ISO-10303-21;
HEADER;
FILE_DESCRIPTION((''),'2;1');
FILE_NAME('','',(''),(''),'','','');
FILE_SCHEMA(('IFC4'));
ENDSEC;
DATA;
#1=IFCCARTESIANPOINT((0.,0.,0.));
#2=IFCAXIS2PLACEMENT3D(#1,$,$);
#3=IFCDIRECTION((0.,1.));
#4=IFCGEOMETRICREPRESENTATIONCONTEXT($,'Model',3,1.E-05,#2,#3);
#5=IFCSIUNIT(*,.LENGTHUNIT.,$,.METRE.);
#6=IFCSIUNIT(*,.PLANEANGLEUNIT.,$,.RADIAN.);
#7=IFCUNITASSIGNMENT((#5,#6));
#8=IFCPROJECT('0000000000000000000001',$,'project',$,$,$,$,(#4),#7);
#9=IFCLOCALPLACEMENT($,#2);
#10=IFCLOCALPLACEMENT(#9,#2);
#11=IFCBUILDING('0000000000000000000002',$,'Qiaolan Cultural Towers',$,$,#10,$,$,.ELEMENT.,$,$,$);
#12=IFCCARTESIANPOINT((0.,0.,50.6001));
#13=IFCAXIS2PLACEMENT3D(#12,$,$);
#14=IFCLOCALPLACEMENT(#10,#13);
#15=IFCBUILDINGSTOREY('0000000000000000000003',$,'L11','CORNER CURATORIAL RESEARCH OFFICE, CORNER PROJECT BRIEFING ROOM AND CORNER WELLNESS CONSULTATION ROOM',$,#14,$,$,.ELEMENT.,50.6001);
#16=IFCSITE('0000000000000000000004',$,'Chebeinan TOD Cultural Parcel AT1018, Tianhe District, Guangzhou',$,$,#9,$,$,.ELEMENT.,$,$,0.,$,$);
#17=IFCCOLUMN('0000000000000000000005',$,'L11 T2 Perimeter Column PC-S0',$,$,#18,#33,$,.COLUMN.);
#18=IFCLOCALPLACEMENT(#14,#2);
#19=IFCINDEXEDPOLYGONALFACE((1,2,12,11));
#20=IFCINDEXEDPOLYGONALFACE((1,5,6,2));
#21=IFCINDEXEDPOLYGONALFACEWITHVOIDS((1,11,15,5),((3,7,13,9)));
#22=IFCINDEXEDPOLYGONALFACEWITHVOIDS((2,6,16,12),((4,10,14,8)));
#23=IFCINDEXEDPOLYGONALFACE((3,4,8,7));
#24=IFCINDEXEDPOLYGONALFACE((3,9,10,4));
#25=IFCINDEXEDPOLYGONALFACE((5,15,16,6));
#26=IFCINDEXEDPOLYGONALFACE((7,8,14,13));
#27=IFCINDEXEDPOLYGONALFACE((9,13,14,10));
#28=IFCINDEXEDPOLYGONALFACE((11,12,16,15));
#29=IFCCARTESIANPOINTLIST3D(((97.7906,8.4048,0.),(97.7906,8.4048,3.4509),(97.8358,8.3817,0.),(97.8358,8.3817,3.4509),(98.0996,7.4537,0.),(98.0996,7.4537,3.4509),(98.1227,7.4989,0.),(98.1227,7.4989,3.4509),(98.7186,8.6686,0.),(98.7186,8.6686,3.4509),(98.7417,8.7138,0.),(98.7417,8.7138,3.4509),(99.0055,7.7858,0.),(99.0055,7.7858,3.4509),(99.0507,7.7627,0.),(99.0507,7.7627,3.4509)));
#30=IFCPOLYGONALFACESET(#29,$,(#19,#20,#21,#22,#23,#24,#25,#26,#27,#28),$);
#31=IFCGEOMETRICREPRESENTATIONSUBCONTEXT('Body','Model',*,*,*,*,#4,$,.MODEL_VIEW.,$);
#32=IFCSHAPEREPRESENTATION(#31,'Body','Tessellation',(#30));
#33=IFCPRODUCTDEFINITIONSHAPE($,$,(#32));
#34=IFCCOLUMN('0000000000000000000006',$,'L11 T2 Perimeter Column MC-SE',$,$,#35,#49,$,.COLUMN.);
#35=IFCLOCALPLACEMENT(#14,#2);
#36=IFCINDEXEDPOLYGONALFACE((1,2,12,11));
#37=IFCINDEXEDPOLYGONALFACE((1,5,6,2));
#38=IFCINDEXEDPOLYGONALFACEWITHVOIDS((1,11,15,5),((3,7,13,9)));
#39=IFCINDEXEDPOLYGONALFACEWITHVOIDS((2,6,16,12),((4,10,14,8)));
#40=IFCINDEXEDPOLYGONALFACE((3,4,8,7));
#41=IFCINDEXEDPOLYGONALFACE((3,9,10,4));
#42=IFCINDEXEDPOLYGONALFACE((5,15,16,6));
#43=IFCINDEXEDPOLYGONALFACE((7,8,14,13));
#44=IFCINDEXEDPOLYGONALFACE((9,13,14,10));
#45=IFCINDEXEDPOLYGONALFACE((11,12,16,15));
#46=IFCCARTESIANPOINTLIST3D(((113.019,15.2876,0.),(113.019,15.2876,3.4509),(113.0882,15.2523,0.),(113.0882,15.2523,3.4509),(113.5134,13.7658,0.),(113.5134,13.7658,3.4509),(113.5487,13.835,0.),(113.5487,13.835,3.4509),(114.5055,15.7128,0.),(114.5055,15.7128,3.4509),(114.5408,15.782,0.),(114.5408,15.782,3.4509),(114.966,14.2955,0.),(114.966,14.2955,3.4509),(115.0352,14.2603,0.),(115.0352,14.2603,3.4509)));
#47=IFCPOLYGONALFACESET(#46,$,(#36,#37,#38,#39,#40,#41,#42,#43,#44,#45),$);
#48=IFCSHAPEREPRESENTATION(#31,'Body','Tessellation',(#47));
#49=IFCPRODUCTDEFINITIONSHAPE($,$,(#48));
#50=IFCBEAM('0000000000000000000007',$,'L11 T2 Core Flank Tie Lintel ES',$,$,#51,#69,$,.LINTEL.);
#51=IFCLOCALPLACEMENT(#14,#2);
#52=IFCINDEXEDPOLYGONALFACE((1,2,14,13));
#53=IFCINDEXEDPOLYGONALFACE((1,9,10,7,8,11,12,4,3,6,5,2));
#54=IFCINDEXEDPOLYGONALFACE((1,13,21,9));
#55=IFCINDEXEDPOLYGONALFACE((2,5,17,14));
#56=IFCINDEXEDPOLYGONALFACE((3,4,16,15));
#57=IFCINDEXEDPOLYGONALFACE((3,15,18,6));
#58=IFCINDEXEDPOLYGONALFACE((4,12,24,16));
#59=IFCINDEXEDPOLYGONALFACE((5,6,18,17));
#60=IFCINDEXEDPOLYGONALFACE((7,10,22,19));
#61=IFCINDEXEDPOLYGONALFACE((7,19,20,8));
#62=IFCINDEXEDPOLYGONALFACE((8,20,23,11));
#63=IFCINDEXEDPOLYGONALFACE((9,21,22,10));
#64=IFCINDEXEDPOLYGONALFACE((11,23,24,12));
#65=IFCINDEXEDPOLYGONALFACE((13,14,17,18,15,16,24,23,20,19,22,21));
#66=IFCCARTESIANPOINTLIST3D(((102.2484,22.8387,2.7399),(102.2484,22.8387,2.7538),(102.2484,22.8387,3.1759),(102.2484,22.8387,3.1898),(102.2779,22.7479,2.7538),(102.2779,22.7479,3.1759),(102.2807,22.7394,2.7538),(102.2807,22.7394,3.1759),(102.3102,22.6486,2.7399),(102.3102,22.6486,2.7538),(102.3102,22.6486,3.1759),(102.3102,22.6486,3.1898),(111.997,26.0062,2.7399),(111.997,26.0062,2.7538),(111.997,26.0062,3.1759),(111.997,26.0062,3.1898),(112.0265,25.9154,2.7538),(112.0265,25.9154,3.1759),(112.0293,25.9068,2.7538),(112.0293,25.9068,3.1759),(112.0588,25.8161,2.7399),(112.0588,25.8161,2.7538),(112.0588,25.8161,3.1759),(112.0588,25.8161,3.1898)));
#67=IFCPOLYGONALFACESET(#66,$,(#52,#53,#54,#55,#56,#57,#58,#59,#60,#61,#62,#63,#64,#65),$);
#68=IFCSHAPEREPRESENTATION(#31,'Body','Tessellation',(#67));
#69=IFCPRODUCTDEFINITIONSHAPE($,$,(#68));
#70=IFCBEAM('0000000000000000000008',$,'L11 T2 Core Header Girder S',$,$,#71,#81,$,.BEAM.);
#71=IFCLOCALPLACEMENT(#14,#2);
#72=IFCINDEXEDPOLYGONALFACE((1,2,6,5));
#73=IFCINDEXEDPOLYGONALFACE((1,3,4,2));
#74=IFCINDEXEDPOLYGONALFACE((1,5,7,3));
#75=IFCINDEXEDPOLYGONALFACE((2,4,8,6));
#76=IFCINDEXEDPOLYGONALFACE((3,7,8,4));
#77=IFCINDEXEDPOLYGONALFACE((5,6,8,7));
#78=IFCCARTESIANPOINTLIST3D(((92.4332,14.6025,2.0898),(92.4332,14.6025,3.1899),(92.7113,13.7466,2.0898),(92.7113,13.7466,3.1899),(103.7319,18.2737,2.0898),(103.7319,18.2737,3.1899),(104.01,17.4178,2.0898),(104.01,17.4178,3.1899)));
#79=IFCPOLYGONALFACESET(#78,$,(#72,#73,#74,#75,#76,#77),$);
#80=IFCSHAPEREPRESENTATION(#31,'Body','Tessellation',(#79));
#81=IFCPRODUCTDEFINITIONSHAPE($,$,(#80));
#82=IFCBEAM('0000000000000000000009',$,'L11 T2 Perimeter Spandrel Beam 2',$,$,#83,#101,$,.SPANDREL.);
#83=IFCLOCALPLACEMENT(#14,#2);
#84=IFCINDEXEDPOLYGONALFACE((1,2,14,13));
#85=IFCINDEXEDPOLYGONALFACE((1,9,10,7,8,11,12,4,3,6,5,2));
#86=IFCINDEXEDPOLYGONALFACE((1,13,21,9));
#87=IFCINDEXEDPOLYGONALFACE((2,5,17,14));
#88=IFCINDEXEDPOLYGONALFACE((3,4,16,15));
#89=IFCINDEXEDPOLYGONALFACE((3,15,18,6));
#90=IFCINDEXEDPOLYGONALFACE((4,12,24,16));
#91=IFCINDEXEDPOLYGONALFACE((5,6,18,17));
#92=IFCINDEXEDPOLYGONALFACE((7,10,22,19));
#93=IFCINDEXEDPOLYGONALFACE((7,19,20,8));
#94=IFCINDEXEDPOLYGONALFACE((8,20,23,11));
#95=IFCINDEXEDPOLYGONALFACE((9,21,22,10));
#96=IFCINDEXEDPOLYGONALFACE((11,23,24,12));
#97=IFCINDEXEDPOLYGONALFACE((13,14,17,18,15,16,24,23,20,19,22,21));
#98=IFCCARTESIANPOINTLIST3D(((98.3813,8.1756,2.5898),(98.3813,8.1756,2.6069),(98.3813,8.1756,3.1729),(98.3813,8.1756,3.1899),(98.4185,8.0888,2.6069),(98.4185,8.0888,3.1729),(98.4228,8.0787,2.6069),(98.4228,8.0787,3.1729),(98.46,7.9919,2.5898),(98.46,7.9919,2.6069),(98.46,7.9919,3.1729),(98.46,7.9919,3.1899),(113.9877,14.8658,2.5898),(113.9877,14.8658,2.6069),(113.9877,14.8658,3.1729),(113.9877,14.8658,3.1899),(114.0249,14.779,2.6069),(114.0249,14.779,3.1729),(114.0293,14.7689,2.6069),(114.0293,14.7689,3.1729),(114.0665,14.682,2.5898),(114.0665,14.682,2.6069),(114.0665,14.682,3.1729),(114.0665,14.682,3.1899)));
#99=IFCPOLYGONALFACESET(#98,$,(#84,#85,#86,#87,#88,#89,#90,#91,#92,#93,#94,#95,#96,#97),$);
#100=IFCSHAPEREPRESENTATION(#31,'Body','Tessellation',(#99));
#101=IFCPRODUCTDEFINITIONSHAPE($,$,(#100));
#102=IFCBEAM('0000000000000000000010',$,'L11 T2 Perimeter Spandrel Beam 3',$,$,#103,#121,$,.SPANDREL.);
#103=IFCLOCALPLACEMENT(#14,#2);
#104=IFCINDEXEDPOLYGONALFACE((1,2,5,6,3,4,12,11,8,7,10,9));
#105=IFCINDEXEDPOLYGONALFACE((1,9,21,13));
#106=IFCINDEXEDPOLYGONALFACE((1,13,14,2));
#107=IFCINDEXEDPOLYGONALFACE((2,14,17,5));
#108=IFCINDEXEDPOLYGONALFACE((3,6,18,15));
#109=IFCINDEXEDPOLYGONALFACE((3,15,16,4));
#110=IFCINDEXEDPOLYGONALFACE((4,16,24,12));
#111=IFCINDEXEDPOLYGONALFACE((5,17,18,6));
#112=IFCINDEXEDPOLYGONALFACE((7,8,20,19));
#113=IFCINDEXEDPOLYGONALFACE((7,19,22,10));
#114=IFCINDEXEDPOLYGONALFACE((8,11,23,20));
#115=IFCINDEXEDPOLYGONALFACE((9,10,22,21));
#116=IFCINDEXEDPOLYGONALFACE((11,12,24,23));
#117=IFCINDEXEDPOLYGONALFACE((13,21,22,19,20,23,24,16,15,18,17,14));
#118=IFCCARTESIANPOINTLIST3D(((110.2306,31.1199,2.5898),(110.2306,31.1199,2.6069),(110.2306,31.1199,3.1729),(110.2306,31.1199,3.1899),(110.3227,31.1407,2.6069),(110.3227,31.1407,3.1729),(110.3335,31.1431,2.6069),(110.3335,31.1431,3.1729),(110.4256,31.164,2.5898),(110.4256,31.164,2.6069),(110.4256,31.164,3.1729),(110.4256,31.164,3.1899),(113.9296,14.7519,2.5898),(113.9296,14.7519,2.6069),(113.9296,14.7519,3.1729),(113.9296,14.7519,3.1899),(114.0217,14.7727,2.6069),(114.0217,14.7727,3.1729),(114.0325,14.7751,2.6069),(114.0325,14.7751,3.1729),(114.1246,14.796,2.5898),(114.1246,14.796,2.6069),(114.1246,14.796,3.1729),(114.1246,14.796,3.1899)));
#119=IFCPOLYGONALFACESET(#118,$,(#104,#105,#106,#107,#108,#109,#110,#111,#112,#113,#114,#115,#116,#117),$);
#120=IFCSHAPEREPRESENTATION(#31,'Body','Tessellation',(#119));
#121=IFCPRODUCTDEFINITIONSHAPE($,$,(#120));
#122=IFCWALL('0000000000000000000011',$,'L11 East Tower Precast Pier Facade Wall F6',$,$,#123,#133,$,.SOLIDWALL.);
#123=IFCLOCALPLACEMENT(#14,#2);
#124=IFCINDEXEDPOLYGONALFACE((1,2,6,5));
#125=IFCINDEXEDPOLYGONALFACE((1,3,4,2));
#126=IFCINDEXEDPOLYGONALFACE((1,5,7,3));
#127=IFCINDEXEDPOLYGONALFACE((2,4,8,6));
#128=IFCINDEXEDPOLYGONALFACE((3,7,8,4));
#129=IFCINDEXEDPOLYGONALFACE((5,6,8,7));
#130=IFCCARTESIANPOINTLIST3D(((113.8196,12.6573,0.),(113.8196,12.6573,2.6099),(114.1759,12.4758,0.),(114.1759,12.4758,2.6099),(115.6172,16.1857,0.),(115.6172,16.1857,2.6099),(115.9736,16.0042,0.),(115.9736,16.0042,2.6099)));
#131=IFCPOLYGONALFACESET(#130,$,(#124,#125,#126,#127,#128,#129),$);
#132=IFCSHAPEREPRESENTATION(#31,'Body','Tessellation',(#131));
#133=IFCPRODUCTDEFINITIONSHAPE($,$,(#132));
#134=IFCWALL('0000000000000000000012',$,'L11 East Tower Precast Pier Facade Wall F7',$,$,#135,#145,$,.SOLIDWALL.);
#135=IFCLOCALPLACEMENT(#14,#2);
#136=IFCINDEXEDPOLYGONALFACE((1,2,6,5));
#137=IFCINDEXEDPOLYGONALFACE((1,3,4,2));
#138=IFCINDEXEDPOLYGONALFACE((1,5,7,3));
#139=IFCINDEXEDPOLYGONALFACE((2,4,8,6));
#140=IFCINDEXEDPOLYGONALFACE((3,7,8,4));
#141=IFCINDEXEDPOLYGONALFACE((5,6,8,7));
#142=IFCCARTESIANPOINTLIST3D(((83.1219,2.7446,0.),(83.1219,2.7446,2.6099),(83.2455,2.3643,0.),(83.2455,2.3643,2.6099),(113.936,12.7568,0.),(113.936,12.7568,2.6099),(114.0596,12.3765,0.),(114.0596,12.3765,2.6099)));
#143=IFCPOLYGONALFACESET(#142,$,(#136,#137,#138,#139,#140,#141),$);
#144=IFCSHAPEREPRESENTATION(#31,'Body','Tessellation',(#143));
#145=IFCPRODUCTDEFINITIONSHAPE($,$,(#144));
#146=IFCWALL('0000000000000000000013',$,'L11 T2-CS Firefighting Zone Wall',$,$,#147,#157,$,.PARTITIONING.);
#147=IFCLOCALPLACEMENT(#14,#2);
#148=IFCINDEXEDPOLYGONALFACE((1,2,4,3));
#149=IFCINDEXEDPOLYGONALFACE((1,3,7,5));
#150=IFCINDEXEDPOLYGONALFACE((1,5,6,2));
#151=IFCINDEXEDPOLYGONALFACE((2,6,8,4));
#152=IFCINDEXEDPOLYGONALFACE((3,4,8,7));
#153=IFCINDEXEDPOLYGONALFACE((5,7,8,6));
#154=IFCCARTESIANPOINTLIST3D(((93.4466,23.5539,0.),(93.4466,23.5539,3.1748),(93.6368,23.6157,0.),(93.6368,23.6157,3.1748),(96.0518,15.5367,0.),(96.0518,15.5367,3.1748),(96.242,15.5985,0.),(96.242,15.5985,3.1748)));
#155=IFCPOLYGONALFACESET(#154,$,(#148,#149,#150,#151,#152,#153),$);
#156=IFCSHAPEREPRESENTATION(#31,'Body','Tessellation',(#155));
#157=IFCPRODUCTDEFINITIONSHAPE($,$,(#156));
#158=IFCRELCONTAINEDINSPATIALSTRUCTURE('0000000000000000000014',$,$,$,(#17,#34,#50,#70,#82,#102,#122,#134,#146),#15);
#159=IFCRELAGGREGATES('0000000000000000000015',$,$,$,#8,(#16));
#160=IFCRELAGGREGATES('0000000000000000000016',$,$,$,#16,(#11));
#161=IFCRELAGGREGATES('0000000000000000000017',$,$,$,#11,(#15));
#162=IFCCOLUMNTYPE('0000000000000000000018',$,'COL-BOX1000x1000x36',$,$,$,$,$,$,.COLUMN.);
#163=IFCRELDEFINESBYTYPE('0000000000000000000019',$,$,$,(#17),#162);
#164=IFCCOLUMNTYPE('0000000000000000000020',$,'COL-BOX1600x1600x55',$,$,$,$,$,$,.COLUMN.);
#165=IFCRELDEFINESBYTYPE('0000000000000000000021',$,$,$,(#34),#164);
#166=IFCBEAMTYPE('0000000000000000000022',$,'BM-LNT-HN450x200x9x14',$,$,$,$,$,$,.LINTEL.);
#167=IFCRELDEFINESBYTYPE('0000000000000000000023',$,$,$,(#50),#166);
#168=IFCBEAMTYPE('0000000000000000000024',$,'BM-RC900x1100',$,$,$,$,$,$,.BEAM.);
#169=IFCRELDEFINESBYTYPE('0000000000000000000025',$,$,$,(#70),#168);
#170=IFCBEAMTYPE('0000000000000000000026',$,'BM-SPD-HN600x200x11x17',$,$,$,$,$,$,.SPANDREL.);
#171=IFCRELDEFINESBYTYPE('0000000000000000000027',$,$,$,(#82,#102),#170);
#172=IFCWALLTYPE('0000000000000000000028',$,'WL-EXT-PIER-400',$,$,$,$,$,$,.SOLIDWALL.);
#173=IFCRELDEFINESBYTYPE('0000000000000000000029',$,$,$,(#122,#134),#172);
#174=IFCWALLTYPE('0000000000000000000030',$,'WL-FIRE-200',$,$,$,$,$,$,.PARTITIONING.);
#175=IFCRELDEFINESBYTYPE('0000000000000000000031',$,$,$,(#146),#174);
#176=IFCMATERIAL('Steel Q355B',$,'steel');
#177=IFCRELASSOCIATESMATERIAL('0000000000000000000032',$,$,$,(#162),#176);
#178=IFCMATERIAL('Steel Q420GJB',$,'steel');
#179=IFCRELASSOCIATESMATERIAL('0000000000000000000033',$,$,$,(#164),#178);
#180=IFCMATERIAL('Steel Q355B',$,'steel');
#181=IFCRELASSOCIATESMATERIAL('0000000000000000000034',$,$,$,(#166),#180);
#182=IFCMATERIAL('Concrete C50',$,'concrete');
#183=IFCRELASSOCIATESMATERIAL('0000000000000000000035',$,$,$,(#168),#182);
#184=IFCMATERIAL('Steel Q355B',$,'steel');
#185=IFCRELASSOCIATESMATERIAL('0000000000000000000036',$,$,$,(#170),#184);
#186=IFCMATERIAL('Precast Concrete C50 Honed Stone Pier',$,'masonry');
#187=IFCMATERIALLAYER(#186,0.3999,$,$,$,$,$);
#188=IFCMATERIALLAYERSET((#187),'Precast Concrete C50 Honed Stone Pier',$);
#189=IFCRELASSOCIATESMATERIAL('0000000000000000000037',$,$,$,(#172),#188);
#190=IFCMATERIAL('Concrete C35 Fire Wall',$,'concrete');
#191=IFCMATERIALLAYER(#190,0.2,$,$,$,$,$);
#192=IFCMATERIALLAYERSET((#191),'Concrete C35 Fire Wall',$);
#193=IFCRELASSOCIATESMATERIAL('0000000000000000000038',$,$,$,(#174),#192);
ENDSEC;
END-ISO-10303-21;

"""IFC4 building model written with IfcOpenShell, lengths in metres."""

from ifc_helpers import new_model, si_unit, direction, frame, frame_2d, origin, origin_2d, place, context, subcontext, project, spatial, rectangle, hollow_rectangle, i_section, extrude, material, layer, layer_set, material_profile, profile_set, type_object, element, save


model = new_model("IFC4")

# Units and contexts
model_context = context("Model", 3, precision=1e-05, world=origin(), true_north=direction((0.0, 1.0)))
body_context = subcontext(model_context, "Body", "Model", "MODEL_VIEW")
ifc_project = project(units=[si_unit("LENGTHUNIT", "METRE"), si_unit("PLANEANGLEUNIT", "RADIAN")], contexts=[model_context])

# Site, building, storey
site_placement = place(None, origin())
site = spatial("IfcSite", under=ifc_project, at=site_placement, Name="Chebeinan TOD Cultural Parcel AT1018, Tianhe District, Guangzhou", CompositionType="ELEMENT", RefElevation=0.0)
building_placement = place(site_placement, origin())
building = spatial("IfcBuilding", under=site, at=building_placement, Name="Qiaolan Cultural Towers", CompositionType="ELEMENT")
storey_placement = place(building_placement, frame((0.0, 0.0, 50.6001)))
storey = spatial("IfcBuildingStorey", under=building, at=storey_placement, Name="L11", Description="CORNER CURATORIAL RESEARCH OFFICE, CORNER PROJECT BRIEFING ROOM AND CORNER WELLNESS CONSULTATION ROOM", CompositionType="ELEMENT", Elevation=50.6001)

# Columns
ifc_material_1 = material(Name="Steel Q355B", Category="steel")
ifc_material_profile_1 = material_profile(ifc_material_1, hollow_rectangle(XDim=1.0, YDim=1.0, WallThickness=0.0359, at=origin_2d()), Name="BOX1000x1000x36")
ifc_profile_set_1 = profile_set([ifc_material_profile_1], Name="Steel Q355B")
column_type_1 = type_object("IfcColumnType", Name="COL-BOX1000x1000x36", PredefinedType="COLUMN", material=ifc_profile_set_1)
column_1_placement = place(storey_placement, frame((98.4207, 8.0837, 0.0), z_axis=(0.0, 0.0, 1.0), x_axis=(0.951057, 0.309017, 0.0)))
element("IfcColumn", 1, at=column_1_placement, inside=storey, type_object=column_type_1, Name="L11 T2 Perimeter Column PC-S0", PredefinedType="COLUMN", context=body_context, shape_type="SweptSolid", body=[
    extrude(hollow_rectangle(XDim=1.0, YDim=1.0, WallThickness=0.0359, at=origin_2d()), origin(), (0.0, 0.0, 1.0), 3.4509),
])
ifc_material_2 = material(Name="Steel Q420GJB", Category="steel")
ifc_material_profile_2 = material_profile(ifc_material_2, hollow_rectangle(XDim=1.6001, YDim=1.6001, WallThickness=0.0549, at=origin_2d()), Name="BOX1600x1600x55")
ifc_profile_set_2 = profile_set([ifc_material_profile_2], Name="Steel Q420GJB")
column_type_2 = type_object("IfcColumnType", Name="COL-BOX1600x1600x55", PredefinedType="COLUMN", material=ifc_profile_set_2)
column_2_placement = place(storey_placement, frame((114.0271, 14.7739, 0.0), z_axis=(0.0, 0.0, 1.0), x_axis=(0.951057, 0.309017, 0.0)))
element("IfcColumn", 2, at=column_2_placement, inside=storey, type_object=column_type_2, Name="L11 T2 Perimeter Column MC-SE", PredefinedType="COLUMN", context=body_context, shape_type="SweptSolid", body=[
    extrude(hollow_rectangle(XDim=1.6001, YDim=1.6001, WallThickness=0.0549, at=origin_2d()), origin(), (0.0, 0.0, 1.0), 3.4509),
])

# Beams
ifc_material_3 = material(Name="Steel Q355B", Category="steel")
ifc_material_profile_3 = material_profile(ifc_material_3, i_section(OverallWidth=0.2, OverallDepth=0.45, WebThickness=0.009, FlangeThickness=0.0139, at=origin_2d()), Name="HN450x200x9x14")
ifc_profile_set_3 = profile_set([ifc_material_profile_3], Name="Steel Q355B")
beam_type_1 = type_object("IfcBeamType", Name="BM-LNT-HN450x200x9x14", PredefinedType="LINTEL", material=ifc_profile_set_3)
beam_1_placement = place(storey_placement, frame((102.2793, 22.7437, 2.9648), z_axis=(0.951057, 0.309016, 0.0), x_axis=(-0.309016, 0.951057, 0.0)))
element("IfcBeam", 3, at=beam_1_placement, inside=storey, type_object=beam_type_1, Name="L11 T2 Core Flank Tie Lintel ES", PredefinedType="LINTEL", context=body_context, shape_type="SweptSolid", body=[
    extrude(i_section(OverallWidth=0.2, OverallDepth=0.45, WebThickness=0.009, FlangeThickness=0.0139, at=origin_2d()), origin(), (0.0, 0.0, 1.0), 10.2502),
])
ifc_material_4 = material(Name="Concrete C50", Category="concrete")
ifc_material_profile_4 = material_profile(ifc_material_4, rectangle(XDim=0.8999, YDim=1.1001, at=origin_2d()), Name="RC900x1100")
ifc_profile_set_4 = profile_set([ifc_material_profile_4], Name="Concrete C50")
beam_type_2 = type_object("IfcBeamType", Name="BM-RC900x1100", PredefinedType="BEAM", material=ifc_profile_set_4)
beam_2_placement = place(storey_placement, frame((92.5723, 14.1746, 2.6399), z_axis=(0.951056, 0.309018, 0.0), x_axis=(-0.309018, 0.951056, 0.0)))
element("IfcBeam", 4, at=beam_2_placement, inside=storey, type_object=beam_type_2, Name="L11 T2 Core Header Girder S", PredefinedType="BEAM", context=body_context, shape_type="SweptSolid", body=[
    extrude(rectangle(XDim=0.8999, YDim=1.1001, at=origin_2d()), origin(), (0.0, 0.0, 1.0), 11.8801),
])
ifc_material_5 = material(Name="Steel Q355B", Category="steel")
ifc_material_profile_5 = material_profile(ifc_material_5, i_section(OverallWidth=0.2, OverallDepth=0.6001, WebThickness=0.011, FlangeThickness=0.0171, at=origin_2d()), Name="HN600x200x11x17")
ifc_profile_set_5 = profile_set([ifc_material_profile_5], Name="Steel Q355B")
beam_type_3 = type_object("IfcBeamType", Name="BM-SPD-HN600x200x11x17", PredefinedType="SPANDREL", material=ifc_profile_set_5)
beam_3_placement = place(storey_placement, frame((98.4207, 8.0837, 2.8899), z_axis=(0.919109, 0.394004, 0.0), x_axis=(-0.394004, 0.919109, 0.0)))
element("IfcBeam", 5, at=beam_3_placement, inside=storey, type_object=beam_type_3, Name="L11 T2 Perimeter Spandrel Beam 2", PredefinedType="SPANDREL", context=body_context, shape_type="SweptSolid", body=[
    extrude(i_section(OverallWidth=0.2, OverallDepth=0.6001, WebThickness=0.011, FlangeThickness=0.0171, at=origin_2d()), origin(), (0.0, 0.0, 1.0), 16.98),
])
beam_4_placement = place(storey_placement, frame((114.0271, 14.7739, 2.8899), z_axis=(-0.220431, 0.975403, 0.0), x_axis=(-0.975403, -0.220431, 0.0)))
element("IfcBeam", 6, at=beam_4_placement, inside=storey, type_object=beam_type_3, Name="L11 T2 Perimeter Spandrel Beam 3", PredefinedType="SPANDREL", context=body_context, shape_type="SweptSolid", body=[
    extrude(i_section(OverallWidth=0.2, OverallDepth=0.6001, WebThickness=0.011, FlangeThickness=0.0171, at=origin_2d()), origin(), (0.0, 0.0, 1.0), 16.7808),
])

# Walls
ifc_material_6 = material(Name="Precast Concrete C50 Honed Stone Pier", Category="masonry")
ifc_layer_1 = layer(ifc_material_6, 0.3999)
ifc_layer_set_1 = layer_set([ifc_layer_1], Name="Precast Concrete C50 Honed Stone Pier")
wall_type_1 = type_object("IfcWallType", Name="WL-EXT-PIER-400", PredefinedType="SOLIDWALL", material=ifc_layer_set_1)
wall_1_placement = place(storey_placement, frame((115.7954, 16.095, 0.0), z_axis=(0.0, 0.0, 1.0), x_axis=(-0.453958, -0.891023, 0.0)))
element("IfcWall", 7, at=wall_1_placement, inside=storey, type_object=wall_type_1, Name="L11 East Tower Precast Pier Facade Wall F6", PredefinedType="SOLIDWALL", context=body_context, shape_type="SweptSolid", body=[
    extrude(rectangle(XDim=3.96, YDim=0.3999, at=frame_2d((1.98, 0.0))), origin(), (0.0, 0.0, 1.0), 2.6099),
])
wall_2_placement = place(storey_placement, frame((113.9978, 12.5667, 0.0), z_axis=(0.0, 0.0, 1.0), x_axis=(-0.951056, -0.309019, 0.0)))
element("IfcWall", 8, at=wall_2_placement, inside=storey, type_object=wall_type_1, Name="L11 East Tower Precast Pier Facade Wall F7", PredefinedType="SOLIDWALL", context=body_context, shape_type="SweptSolid", body=[
    extrude(rectangle(XDim=32.3999, YDim=0.3999, at=frame_2d((16.2, 0.0))), origin(), (0.0, 0.0, 1.0), 2.6099),
])
ifc_material_7 = material(Name="Concrete C35 Fire Wall", Category="concrete")
ifc_layer_2 = layer(ifc_material_7, 0.2)
ifc_layer_set_2 = layer_set([ifc_layer_2], Name="Concrete C35 Fire Wall")
wall_type_2 = type_object("IfcWallType", Name="WL-FIRE-200", PredefinedType="PARTITIONING", material=ifc_layer_set_2)
wall_3_placement = place(storey_placement, frame((93.5417, 23.5847, 0.0), z_axis=(0.0, 0.0, 1.0), x_axis=(0.309042, -0.951048, 0.0)))
element("IfcWall", 9, at=wall_3_placement, inside=storey, type_object=wall_type_2, Name="L11 T2-CS Firefighting Zone Wall", PredefinedType="PARTITIONING", context=body_context, shape_type="SweptSolid", body=[
    extrude(rectangle(XDim=8.4299, YDim=0.2, at=frame_2d((4.2148, 0.0))), origin(), (0.0, 0.0, 1.0), 3.1748),
])

save(model, "model.ifc")
